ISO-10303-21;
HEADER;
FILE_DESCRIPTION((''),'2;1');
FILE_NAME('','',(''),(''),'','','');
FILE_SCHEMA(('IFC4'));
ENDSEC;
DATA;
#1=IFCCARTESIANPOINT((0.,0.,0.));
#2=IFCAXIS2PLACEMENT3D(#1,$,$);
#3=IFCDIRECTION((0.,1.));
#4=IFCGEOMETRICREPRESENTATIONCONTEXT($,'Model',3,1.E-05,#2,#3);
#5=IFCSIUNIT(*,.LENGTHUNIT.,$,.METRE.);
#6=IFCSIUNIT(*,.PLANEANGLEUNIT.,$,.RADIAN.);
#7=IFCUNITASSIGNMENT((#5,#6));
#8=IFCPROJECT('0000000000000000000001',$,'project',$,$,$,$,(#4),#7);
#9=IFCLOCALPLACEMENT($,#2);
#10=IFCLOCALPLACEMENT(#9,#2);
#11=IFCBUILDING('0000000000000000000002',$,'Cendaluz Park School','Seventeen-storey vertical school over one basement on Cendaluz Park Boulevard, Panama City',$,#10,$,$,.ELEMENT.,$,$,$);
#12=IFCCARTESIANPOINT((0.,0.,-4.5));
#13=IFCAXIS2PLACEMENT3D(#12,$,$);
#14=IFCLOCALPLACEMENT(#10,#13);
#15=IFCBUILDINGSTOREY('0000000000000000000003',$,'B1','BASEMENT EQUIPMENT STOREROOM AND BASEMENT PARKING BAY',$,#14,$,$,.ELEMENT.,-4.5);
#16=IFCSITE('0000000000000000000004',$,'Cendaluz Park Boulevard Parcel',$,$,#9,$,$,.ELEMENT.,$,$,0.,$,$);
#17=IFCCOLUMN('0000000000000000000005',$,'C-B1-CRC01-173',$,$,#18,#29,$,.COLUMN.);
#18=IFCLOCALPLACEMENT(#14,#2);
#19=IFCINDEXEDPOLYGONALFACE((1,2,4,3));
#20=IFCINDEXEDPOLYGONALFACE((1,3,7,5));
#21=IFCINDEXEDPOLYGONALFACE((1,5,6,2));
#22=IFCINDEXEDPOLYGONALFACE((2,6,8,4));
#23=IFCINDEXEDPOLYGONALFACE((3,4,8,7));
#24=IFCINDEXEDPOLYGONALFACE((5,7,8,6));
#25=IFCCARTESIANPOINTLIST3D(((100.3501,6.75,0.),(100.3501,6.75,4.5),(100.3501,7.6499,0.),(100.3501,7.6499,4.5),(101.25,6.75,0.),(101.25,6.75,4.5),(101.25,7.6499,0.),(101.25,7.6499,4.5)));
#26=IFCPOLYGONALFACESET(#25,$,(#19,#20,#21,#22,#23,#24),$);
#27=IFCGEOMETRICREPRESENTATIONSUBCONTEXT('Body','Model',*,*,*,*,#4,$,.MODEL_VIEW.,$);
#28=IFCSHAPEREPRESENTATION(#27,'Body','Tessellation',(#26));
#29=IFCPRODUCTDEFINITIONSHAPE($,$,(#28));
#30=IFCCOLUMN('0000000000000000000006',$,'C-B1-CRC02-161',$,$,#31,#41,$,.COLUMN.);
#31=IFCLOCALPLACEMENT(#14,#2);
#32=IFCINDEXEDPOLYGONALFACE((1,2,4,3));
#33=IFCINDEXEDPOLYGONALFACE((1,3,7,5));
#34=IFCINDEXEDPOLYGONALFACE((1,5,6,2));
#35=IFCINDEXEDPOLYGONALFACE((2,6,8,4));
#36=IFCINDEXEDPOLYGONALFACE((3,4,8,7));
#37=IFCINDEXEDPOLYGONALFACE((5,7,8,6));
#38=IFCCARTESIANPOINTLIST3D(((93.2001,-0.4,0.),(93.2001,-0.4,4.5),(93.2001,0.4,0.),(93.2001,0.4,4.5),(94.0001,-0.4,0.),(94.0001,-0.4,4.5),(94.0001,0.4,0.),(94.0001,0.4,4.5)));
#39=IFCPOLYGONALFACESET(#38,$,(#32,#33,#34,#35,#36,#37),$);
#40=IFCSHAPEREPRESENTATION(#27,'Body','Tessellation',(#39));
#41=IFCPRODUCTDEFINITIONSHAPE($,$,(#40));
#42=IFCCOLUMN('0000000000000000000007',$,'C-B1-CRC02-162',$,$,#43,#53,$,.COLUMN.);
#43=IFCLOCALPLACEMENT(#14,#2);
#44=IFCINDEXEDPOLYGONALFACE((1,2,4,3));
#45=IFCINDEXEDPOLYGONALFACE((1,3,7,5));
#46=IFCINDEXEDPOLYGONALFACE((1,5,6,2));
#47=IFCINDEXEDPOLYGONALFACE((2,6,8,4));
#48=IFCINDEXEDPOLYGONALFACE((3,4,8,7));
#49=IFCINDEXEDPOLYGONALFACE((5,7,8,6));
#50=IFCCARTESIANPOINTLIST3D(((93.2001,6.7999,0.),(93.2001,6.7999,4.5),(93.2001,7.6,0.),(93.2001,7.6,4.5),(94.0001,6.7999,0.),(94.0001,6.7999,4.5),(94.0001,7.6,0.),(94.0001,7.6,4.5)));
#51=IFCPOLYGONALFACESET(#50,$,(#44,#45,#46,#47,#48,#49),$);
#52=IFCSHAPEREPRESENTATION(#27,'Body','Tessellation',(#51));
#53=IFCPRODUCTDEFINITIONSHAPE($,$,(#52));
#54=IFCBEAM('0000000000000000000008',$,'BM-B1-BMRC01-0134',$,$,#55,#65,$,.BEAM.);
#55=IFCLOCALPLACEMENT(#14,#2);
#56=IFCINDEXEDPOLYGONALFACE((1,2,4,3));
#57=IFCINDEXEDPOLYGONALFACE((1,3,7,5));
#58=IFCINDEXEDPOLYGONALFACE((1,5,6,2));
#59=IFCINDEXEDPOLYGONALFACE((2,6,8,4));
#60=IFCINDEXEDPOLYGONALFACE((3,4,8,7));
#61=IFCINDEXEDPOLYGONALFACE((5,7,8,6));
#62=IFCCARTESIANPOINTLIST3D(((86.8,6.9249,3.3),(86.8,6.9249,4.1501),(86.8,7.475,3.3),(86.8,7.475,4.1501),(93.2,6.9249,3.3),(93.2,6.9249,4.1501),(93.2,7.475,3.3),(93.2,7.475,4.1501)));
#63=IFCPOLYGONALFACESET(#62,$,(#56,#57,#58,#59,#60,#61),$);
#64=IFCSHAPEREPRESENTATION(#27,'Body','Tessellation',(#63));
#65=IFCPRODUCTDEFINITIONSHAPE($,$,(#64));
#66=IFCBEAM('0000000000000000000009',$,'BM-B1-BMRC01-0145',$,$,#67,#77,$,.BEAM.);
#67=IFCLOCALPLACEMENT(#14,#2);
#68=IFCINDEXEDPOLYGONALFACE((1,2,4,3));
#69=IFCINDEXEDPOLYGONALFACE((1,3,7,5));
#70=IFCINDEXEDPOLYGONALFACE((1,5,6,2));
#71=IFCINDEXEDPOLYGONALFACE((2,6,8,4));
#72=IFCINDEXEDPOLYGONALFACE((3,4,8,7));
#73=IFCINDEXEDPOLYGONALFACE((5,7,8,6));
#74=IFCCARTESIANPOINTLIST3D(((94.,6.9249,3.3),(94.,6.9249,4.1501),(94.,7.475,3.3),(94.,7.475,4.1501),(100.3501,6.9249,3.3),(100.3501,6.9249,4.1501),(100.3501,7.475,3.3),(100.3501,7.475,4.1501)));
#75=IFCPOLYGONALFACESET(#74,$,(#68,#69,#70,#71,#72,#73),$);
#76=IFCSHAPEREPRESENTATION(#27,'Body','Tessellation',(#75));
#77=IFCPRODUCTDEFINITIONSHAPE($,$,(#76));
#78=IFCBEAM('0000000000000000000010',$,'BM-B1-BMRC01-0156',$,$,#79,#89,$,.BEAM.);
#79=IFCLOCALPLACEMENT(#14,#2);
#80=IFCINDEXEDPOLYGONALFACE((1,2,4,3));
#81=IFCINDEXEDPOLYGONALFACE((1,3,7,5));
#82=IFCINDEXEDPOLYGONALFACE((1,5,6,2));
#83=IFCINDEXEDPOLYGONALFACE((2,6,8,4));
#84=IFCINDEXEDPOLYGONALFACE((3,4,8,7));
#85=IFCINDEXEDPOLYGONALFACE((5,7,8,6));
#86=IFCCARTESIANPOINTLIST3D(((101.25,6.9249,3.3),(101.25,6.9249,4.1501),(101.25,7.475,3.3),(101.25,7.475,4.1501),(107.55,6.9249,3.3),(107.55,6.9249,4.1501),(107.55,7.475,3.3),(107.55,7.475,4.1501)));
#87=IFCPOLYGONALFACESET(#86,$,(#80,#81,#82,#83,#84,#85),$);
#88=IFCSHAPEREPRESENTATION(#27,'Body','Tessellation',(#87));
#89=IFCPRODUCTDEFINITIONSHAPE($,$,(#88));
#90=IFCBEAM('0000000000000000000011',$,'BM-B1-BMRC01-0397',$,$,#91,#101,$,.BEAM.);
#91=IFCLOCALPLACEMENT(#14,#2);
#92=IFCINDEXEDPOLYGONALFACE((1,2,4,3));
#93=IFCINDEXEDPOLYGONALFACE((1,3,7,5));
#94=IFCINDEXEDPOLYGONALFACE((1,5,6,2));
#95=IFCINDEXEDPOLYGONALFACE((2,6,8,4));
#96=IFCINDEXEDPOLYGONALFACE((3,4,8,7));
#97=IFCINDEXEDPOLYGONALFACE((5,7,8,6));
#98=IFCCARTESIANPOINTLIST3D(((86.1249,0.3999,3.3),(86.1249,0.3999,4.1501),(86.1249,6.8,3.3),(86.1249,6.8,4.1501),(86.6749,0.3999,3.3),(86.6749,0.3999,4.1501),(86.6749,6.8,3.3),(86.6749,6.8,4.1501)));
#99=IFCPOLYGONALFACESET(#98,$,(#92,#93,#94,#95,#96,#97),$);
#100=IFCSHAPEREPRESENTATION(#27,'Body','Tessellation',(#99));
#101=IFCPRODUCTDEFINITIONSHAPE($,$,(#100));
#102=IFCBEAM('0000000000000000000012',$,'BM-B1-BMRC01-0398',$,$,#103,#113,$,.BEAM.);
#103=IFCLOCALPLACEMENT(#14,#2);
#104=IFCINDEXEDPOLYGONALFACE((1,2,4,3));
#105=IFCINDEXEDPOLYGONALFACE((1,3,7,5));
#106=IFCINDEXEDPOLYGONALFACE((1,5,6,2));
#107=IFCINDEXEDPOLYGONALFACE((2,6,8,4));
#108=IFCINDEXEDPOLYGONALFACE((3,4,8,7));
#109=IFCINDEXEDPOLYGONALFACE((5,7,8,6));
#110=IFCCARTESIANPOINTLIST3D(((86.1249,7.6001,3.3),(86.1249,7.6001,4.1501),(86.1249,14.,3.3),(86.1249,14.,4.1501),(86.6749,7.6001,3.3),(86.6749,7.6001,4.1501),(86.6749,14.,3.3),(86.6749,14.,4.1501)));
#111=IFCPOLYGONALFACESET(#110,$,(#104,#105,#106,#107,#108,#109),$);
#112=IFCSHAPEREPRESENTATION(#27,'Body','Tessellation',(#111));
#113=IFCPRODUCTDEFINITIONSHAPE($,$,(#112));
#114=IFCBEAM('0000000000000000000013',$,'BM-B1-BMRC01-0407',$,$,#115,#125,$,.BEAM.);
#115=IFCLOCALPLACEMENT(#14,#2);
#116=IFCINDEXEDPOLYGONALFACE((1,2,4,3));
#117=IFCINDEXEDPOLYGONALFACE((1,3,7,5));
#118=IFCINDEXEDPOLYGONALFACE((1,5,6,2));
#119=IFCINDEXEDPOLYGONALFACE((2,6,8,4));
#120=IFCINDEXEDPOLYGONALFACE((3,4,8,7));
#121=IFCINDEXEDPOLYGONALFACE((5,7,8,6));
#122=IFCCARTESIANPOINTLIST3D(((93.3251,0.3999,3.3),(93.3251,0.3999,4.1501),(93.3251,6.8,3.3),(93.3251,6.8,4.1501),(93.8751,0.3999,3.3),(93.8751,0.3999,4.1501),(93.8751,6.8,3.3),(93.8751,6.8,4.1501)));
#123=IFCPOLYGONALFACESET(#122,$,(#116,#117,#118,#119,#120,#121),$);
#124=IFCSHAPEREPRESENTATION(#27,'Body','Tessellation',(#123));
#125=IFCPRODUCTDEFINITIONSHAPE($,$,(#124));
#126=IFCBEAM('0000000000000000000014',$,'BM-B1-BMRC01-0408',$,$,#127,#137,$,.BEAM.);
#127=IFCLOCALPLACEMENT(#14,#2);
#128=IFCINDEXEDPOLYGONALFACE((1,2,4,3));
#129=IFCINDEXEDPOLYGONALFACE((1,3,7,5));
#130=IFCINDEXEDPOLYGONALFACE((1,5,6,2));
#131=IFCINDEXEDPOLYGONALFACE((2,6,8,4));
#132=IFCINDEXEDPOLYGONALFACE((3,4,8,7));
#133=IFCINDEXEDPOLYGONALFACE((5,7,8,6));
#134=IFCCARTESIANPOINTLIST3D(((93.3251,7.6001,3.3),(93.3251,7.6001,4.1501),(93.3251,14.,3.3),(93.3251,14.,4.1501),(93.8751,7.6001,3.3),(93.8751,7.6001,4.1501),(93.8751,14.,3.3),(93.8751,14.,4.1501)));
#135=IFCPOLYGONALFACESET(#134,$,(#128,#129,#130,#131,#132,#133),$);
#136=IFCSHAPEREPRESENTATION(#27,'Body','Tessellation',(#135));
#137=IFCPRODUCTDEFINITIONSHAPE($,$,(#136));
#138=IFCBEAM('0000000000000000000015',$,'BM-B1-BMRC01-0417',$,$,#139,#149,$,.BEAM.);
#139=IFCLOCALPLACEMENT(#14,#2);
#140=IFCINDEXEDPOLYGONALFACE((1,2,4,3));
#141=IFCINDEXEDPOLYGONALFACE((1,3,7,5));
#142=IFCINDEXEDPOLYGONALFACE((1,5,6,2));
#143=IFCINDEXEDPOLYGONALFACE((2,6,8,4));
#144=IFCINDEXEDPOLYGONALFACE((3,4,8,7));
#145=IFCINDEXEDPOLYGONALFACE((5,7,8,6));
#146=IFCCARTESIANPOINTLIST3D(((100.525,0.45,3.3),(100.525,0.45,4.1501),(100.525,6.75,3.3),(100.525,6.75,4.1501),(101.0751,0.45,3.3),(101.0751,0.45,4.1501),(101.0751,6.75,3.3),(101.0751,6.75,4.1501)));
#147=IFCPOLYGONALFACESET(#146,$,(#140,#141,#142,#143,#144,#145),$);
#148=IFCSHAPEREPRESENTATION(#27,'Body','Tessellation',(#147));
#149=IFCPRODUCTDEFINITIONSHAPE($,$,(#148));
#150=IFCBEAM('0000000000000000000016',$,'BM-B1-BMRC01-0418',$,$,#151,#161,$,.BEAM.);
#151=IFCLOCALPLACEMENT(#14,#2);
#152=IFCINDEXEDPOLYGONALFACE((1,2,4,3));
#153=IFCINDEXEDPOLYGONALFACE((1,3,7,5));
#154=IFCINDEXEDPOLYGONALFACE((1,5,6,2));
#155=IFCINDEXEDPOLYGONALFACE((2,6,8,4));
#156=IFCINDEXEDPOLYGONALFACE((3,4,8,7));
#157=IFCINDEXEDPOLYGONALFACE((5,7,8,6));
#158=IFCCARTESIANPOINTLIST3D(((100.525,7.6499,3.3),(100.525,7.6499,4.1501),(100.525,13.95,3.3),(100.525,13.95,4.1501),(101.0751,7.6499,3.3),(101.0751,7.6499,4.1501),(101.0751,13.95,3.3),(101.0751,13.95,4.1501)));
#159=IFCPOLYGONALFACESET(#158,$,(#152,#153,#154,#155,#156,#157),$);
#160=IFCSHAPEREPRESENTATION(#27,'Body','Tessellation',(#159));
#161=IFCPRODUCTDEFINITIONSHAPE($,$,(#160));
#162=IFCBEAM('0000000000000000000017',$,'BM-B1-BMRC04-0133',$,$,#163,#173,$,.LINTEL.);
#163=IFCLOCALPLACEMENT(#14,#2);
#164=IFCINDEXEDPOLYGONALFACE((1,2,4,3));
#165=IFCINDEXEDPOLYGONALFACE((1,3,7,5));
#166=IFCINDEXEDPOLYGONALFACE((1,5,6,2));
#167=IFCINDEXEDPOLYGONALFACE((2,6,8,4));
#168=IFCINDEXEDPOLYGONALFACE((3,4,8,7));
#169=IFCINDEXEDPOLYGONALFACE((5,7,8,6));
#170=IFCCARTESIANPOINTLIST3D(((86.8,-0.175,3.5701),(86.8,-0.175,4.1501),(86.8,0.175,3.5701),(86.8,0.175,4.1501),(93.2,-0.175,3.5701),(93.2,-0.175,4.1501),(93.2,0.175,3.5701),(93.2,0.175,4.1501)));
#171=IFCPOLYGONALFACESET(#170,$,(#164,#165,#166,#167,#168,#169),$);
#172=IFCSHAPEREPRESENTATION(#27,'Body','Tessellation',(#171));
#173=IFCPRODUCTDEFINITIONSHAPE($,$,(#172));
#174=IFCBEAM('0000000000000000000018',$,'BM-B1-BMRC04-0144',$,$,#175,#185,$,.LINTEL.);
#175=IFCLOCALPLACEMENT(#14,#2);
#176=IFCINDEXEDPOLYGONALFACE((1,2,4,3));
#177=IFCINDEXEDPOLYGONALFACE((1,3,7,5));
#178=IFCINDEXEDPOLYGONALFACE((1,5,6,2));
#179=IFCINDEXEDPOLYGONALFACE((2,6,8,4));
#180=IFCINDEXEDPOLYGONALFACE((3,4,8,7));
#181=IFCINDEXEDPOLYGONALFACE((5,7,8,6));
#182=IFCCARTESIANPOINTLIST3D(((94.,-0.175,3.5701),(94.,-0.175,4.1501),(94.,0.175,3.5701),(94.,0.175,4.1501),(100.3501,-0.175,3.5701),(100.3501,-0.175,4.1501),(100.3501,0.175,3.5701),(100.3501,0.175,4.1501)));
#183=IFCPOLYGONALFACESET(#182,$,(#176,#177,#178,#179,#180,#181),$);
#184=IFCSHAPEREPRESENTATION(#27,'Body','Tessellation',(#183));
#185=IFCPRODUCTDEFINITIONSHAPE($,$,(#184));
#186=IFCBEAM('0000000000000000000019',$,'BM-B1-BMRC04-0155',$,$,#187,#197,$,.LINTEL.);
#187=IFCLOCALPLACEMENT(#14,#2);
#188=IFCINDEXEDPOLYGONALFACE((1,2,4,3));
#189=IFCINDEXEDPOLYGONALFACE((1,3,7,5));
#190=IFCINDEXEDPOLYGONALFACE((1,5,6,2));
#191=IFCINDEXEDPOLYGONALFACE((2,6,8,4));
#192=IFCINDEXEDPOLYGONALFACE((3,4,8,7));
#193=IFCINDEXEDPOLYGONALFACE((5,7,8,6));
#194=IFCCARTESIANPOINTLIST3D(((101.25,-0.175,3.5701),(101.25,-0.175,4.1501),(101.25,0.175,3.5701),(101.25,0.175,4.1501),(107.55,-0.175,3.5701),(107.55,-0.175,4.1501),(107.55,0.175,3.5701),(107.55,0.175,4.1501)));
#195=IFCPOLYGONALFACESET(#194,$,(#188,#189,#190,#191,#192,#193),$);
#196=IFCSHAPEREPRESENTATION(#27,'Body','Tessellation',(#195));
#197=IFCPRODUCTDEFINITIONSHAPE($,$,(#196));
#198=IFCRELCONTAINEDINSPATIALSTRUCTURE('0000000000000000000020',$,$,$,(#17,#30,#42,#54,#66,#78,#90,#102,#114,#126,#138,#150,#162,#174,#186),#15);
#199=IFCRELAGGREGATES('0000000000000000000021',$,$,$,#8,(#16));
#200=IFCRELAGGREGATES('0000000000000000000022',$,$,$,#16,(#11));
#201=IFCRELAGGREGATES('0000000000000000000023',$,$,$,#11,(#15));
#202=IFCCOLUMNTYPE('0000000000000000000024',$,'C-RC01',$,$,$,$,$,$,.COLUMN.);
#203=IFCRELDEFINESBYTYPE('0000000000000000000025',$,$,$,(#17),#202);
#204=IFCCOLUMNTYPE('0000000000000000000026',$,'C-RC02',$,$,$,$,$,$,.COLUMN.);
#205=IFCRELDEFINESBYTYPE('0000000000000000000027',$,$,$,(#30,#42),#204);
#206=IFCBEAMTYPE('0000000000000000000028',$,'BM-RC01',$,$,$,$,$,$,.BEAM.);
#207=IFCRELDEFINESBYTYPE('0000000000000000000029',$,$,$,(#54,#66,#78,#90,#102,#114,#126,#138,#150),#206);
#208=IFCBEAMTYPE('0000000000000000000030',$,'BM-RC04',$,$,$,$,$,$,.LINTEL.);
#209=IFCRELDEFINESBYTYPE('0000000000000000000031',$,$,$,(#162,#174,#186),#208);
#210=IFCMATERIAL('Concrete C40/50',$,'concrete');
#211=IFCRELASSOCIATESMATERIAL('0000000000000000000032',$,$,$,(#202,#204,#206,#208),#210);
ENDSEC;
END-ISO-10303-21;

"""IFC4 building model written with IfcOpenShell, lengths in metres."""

from ifc_helpers import new_model, si_unit, direction, frame, origin, origin_2d, place, context, subcontext, project, spatial, rectangle, extrude, material, material_profile, profile_set, type_object, element, save


model = new_model("IFC4")

# Units and contexts
model_context = context("Model", 3, precision=1e-05, world=origin(), true_north=direction((0.0, 1.0)))
body_context = subcontext(model_context, "Body", "Model", "MODEL_VIEW")
ifc_project = project(units=[si_unit("LENGTHUNIT", "METRE"), si_unit("PLANEANGLEUNIT", "RADIAN")], contexts=[model_context])

# Site, building, storey
site_placement = place(None, origin())
site = spatial("IfcSite", under=ifc_project, at=site_placement, Name="Cendaluz Park Boulevard Parcel", CompositionType="ELEMENT", RefElevation=0.0)
building_placement = place(site_placement, origin())
building = spatial("IfcBuilding", under=site, at=building_placement, Name="Cendaluz Park School", Description="Seventeen-storey vertical school over one basement on Cendaluz Park Boulevard, Panama City", CompositionType="ELEMENT")
storey_placement = place(building_placement, frame((0.0, 0.0, -4.5)))
storey = spatial("IfcBuildingStorey", under=building, at=storey_placement, Name="B1", Description="BASEMENT EQUIPMENT STOREROOM AND BASEMENT PARKING BAY", CompositionType="ELEMENT", Elevation=-4.5)

# Shared definitions
ifc_material_1 = material(Name="Concrete C40/50", Category="concrete")

# Columns
ifc_material_profile_1 = material_profile(ifc_material_1, rectangle(XDim=0.8999, YDim=0.8999, at=origin_2d()), Name="RC 900x900", Category="concrete")
ifc_profile_set_1 = profile_set([ifc_material_profile_1], Name="Concrete C40/50")
column_type_1 = type_object("IfcColumnType", Name="C-RC01", PredefinedType="COLUMN", material=ifc_profile_set_1)
for number, where, z_axis, x_axis, name in (
    (1, (100.8, 7.2, 0.0), (0.0, 0.0, 1.0), (1.0, 0.0, 0.0), "C-B1-CRC01-173"),
):
    element("IfcColumn", number, at=place(storey_placement, frame(where, z_axis=z_axis, x_axis=x_axis)), inside=storey, type_object=column_type_1, Name=name, PredefinedType="COLUMN", context=body_context, shape_type="SweptSolid", body=[
        extrude(rectangle(XDim=0.8999, YDim=0.8999, at=origin_2d()), origin(), (0.0, 0.0, 1.0), 4.5),
    ])
ifc_material_profile_2 = material_profile(ifc_material_1, rectangle(XDim=0.8, YDim=0.8, at=origin_2d()), Name="RC 800x800", Category="concrete")
ifc_profile_set_2 = profile_set([ifc_material_profile_2], Name="Concrete C40/50")
column_type_2 = type_object("IfcColumnType", Name="C-RC02", PredefinedType="COLUMN", material=ifc_profile_set_2)
for number, where, z_axis, x_axis, name in (
    (2, (93.6001, 0.0, 0.0), (0.0, 0.0, 1.0), (1.0, 0.0, 0.0), "C-B1-CRC02-161"),
    (3, (93.6001, 7.2, 0.0), (0.0, 0.0, 1.0), (1.0, 0.0, 0.0), "C-B1-CRC02-162"),
):
    element("IfcColumn", number, at=place(storey_placement, frame(where, z_axis=z_axis, x_axis=x_axis)), inside=storey, type_object=column_type_2, Name=name, PredefinedType="COLUMN", context=body_context, shape_type="SweptSolid", body=[
        extrude(rectangle(XDim=0.8, YDim=0.8, at=origin_2d()), origin(), (0.0, 0.0, 1.0), 4.5),
    ])

# Beams
ifc_material_profile_3 = material_profile(ifc_material_1, rectangle(XDim=0.55, YDim=0.8501, at=origin_2d()), Name="RC 550x850", Category="concrete")
ifc_profile_set_3 = profile_set([ifc_material_profile_3], Name="Concrete C40/50")
beam_type_1 = type_object("IfcBeamType", Name="BM-RC01", PredefinedType="BEAM", material=ifc_profile_set_3)
beam_1_placement = place(storey_placement, frame((86.8, 7.2, 3.7251), z_axis=(1.0, 0.0, 0.0), x_axis=(0.0, 1.0, 0.0)))
element("IfcBeam", 4, at=beam_1_placement, inside=storey, type_object=beam_type_1, Name="BM-B1-BMRC01-0134", PredefinedType="BEAM", context=body_context, shape_type="SweptSolid", body=[
    extrude(rectangle(XDim=0.55, YDim=0.8501, at=origin_2d()), origin(), (0.0, 0.0, 1.0), 6.3999),
])
beam_2_placement = place(storey_placement, frame((94.0, 7.2, 3.7251), z_axis=(1.0, 0.0, 0.0), x_axis=(0.0, 1.0, 0.0)))
element("IfcBeam", 5, at=beam_2_placement, inside=storey, type_object=beam_type_1, Name="BM-B1-BMRC01-0145", PredefinedType="BEAM", context=body_context, shape_type="SweptSolid", body=[
    extrude(rectangle(XDim=0.55, YDim=0.8501, at=origin_2d()), origin(), (0.0, 0.0, 1.0), 6.3501),
])
beam_3_placement = place(storey_placement, frame((101.25, 7.2, 3.7251), z_axis=(1.0, 0.0, 0.0), x_axis=(0.0, 1.0, 0.0)))
element("IfcBeam", 6, at=beam_3_placement, inside=storey, type_object=beam_type_1, Name="BM-B1-BMRC01-0156", PredefinedType="BEAM", context=body_context, shape_type="SweptSolid", body=[
    extrude(rectangle(XDim=0.55, YDim=0.8501, at=origin_2d()), origin(), (0.0, 0.0, 1.0), 6.3),
])
beam_4_placement = place(storey_placement, frame((86.3999, 0.3999, 3.7251), z_axis=(0.0, 1.0, 0.0), x_axis=(-1.0, 0.0, 0.0)))
element("IfcBeam", 7, at=beam_4_placement, inside=storey, type_object=beam_type_1, Name="BM-B1-BMRC01-0397", PredefinedType="BEAM", context=body_context, shape_type="SweptSolid", body=[
    extrude(rectangle(XDim=0.55, YDim=0.8501, at=origin_2d()), origin(), (0.0, 0.0, 1.0), 6.4001),
])
beam_5_placement = place(storey_placement, frame((86.3999, 7.6001, 3.7251), z_axis=(0.0, 1.0, 0.0), x_axis=(-1.0, 0.0, 0.0)))
element("IfcBeam", 8, at=beam_5_placement, inside=storey, type_object=beam_type_1, Name="BM-B1-BMRC01-0398", PredefinedType="BEAM", context=body_context, shape_type="SweptSolid", body=[
    extrude(rectangle(XDim=0.55, YDim=0.8501, at=origin_2d()), origin(), (0.0, 0.0, 1.0), 6.3999),
])
beam_6_placement = place(storey_placement, frame((93.6001, 0.3999, 3.7251), z_axis=(0.0, 1.0, 0.0), x_axis=(-1.0, 0.0, 0.0)))
element("IfcBeam", 9, at=beam_6_placement, inside=storey, type_object=beam_type_1, Name="BM-B1-BMRC01-0407", PredefinedType="BEAM", context=body_context, shape_type="SweptSolid", body=[
    extrude(rectangle(XDim=0.55, YDim=0.8501, at=origin_2d()), origin(), (0.0, 0.0, 1.0), 6.4001),
])
beam_7_placement = place(storey_placement, frame((93.6001, 7.6001, 3.7251), z_axis=(0.0, 1.0, 0.0), x_axis=(-1.0, 0.0, 0.0)))
element("IfcBeam", 10, at=beam_7_placement, inside=storey, type_object=beam_type_1, Name="BM-B1-BMRC01-0408", PredefinedType="BEAM", context=body_context, shape_type="SweptSolid", body=[
    extrude(rectangle(XDim=0.55, YDim=0.8501, at=origin_2d()), origin(), (0.0, 0.0, 1.0), 6.3999),
])
for number, where, z_axis, x_axis, name in (
    (11, (100.8, 0.45, 3.7251), (0.0, 1.0, 0.0), (-1.0, 0.0, 0.0), "BM-B1-BMRC01-0417"),
    (12, (100.8, 7.6499, 3.7251), (0.0, 1.0, 0.0), (-1.0, 0.0, 0.0), "BM-B1-BMRC01-0418"),
):
    element("IfcBeam", number, at=place(storey_placement, frame(where, z_axis=z_axis, x_axis=x_axis)), inside=storey, type_object=beam_type_1, Name=name, PredefinedType="BEAM", context=body_context, shape_type="SweptSolid", body=[
        extrude(rectangle(XDim=0.55, YDim=0.8501, at=origin_2d()), origin(), (0.0, 0.0, 1.0), 6.3),
    ])
ifc_material_profile_4 = material_profile(ifc_material_1, rectangle(XDim=0.3501, YDim=0.5801, at=origin_2d()), Name="RC 350x580", Category="concrete")
ifc_profile_set_4 = profile_set([ifc_material_profile_4], Name="Concrete C40/50")
beam_type_2 = type_object("IfcBeamType", Name="BM-RC04", PredefinedType="LINTEL", material=ifc_profile_set_4)
beam_8_placement = place(storey_placement, frame((86.8, 0.0, 3.8601), z_axis=(1.0, 0.0, 0.0), x_axis=(0.0, 1.0, 0.0)))
element("IfcBeam", 13, at=beam_8_placement, inside=storey, type_object=beam_type_2, Name="BM-B1-BMRC04-0133", PredefinedType="LINTEL", context=body_context, shape_type="SweptSolid", body=[
    extrude(rectangle(XDim=0.3501, YDim=0.5801, at=origin_2d()), origin(), (0.0, 0.0, 1.0), 6.3999),
])
beam_9_placement = place(storey_placement, frame((94.0, 0.0, 3.8601), z_axis=(1.0, 0.0, 0.0), x_axis=(0.0, 1.0, 0.0)))
element("IfcBeam", 14, at=beam_9_placement, inside=storey, type_object=beam_type_2, Name="BM-B1-BMRC04-0144", PredefinedType="LINTEL", context=body_context, shape_type="SweptSolid", body=[
    extrude(rectangle(XDim=0.3501, YDim=0.5801, at=origin_2d()), origin(), (0.0, 0.0, 1.0), 6.3501),
])
beam_10_placement = place(storey_placement, frame((101.25, 0.0, 3.8601), z_axis=(1.0, 0.0, 0.0), x_axis=(0.0, 1.0, 0.0)))
element("IfcBeam", 15, at=beam_10_placement, inside=storey, type_object=beam_type_2, Name="BM-B1-BMRC04-0155", PredefinedType="LINTEL", context=body_context, shape_type="SweptSolid", body=[
    extrude(rectangle(XDim=0.3501, YDim=0.5801, at=origin_2d()), origin(), (0.0, 0.0, 1.0), 6.3),
])

save(model, "model.ifc")
